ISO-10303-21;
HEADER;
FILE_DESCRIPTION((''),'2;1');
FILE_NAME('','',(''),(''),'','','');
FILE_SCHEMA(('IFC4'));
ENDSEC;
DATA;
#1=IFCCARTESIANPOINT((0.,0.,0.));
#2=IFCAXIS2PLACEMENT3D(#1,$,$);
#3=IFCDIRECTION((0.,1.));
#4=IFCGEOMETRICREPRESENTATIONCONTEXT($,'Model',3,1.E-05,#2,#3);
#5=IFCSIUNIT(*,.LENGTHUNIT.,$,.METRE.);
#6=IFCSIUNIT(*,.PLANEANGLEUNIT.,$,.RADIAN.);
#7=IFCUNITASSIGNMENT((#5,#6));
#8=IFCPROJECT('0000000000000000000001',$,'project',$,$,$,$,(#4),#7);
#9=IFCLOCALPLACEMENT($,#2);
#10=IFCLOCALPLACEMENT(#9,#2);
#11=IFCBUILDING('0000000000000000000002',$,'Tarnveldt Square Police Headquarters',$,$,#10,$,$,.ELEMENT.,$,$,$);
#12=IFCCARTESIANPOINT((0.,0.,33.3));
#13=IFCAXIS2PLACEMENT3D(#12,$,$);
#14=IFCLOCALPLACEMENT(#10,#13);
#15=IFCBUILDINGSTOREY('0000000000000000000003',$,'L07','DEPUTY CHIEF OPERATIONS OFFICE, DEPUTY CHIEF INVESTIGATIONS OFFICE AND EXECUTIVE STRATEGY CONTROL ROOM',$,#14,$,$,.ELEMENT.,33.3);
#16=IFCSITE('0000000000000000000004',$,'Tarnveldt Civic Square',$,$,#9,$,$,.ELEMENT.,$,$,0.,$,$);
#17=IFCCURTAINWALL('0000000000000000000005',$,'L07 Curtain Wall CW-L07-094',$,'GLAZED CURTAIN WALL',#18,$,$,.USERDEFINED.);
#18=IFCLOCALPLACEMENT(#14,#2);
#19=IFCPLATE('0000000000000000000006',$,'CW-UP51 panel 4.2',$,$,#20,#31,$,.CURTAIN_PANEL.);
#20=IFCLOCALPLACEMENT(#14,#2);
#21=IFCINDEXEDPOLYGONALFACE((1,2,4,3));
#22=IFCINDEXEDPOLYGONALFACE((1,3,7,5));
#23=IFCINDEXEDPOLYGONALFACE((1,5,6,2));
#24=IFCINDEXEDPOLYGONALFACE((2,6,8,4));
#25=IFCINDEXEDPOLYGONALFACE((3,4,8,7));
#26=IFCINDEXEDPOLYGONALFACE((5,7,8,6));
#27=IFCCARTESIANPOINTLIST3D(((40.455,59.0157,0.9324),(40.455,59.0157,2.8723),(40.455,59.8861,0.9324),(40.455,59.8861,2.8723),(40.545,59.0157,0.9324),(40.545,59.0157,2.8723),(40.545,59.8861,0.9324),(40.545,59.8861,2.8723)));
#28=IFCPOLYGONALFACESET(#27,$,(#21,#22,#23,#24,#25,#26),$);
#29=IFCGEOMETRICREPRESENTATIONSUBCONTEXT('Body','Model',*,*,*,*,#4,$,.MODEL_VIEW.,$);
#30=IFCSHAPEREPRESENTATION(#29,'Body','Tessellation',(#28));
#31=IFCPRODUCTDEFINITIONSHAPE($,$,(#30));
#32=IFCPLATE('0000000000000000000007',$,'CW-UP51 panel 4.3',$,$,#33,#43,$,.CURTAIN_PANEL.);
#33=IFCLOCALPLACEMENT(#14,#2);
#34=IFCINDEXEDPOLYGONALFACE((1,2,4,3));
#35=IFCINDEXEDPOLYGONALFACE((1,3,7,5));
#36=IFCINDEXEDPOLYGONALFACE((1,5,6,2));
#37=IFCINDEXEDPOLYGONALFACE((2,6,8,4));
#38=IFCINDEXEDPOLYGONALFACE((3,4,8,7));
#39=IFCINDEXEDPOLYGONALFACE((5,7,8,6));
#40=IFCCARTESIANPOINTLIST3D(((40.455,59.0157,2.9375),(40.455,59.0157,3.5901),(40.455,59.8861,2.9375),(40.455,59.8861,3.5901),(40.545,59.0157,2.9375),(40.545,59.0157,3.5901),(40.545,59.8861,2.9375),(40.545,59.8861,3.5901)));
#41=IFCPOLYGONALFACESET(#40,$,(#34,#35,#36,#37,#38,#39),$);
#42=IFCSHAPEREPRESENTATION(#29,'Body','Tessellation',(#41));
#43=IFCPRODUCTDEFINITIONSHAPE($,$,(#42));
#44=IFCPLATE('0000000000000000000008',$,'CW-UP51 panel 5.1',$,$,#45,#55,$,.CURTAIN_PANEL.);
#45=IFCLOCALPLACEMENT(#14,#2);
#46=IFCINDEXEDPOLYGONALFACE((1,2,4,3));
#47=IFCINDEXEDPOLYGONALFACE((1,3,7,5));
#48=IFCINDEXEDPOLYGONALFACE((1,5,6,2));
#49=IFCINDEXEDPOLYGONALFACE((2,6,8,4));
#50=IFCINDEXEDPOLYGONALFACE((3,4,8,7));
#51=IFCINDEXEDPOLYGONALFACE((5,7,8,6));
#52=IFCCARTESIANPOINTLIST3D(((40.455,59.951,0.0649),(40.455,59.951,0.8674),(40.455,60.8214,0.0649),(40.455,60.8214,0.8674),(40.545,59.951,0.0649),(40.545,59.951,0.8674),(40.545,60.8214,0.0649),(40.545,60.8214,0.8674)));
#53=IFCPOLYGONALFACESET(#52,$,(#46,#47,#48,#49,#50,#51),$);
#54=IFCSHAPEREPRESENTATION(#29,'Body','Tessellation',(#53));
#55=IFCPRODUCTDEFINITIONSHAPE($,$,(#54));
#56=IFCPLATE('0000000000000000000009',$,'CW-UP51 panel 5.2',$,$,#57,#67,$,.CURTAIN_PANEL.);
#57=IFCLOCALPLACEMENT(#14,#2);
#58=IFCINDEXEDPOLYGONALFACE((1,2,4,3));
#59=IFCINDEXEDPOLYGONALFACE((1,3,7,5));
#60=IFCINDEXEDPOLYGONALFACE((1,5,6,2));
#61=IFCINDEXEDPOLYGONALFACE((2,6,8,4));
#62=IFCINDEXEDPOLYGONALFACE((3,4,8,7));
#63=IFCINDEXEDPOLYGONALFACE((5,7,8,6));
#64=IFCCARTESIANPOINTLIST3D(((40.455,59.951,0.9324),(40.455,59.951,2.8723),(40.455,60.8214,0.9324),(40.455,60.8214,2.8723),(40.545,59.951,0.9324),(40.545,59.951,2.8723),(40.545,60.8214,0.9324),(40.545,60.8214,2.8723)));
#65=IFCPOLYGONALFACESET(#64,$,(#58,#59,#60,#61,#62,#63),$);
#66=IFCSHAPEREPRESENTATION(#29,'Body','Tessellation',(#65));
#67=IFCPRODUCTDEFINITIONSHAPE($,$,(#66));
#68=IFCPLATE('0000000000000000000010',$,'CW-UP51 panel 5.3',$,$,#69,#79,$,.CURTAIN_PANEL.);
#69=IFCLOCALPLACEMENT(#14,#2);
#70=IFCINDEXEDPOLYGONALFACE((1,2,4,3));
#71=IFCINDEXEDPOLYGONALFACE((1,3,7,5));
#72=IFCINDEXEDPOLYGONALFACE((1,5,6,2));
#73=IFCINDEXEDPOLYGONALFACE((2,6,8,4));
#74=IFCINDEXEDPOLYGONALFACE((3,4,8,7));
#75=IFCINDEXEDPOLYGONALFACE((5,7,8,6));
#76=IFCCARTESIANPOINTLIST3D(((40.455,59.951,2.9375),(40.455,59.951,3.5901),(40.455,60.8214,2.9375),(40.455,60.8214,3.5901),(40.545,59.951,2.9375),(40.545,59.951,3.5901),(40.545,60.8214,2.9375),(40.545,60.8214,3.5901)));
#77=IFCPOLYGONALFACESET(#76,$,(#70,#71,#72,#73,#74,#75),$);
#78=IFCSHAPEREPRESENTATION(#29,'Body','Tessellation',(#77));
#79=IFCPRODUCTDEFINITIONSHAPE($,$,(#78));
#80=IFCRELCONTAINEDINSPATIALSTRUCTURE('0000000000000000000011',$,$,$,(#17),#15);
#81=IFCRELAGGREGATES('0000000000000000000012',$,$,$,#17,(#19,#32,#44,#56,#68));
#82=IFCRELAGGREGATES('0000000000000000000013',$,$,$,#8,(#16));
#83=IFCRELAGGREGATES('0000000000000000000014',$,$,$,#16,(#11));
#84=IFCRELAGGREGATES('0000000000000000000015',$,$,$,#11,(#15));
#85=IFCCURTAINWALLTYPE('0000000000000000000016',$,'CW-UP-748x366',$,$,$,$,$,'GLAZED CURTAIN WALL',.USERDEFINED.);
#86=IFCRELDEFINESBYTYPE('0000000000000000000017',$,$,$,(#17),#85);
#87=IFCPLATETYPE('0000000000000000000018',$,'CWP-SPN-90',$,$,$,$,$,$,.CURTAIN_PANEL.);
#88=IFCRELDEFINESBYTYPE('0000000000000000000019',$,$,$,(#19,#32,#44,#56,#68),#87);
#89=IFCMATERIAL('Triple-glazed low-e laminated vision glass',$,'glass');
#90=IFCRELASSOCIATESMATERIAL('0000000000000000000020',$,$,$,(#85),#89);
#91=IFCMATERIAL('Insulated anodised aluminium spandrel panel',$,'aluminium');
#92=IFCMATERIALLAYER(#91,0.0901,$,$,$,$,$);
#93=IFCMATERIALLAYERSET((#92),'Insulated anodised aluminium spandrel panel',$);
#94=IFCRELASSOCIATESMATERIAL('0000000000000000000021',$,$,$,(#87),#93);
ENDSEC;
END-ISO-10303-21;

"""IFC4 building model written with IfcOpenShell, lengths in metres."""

from ifc_helpers import new_model, si_unit, direction, frame, origin, origin_2d, place, context, subcontext, project, spatial, rectangle, extrude, material, layer, layer_set, type_object, element, aggregate, save


model = new_model("IFC4")

# Units and contexts
model_context = context("Model", 3, precision=1e-05, world=origin(), true_north=direction((0.0, 1.0)))
body_context = subcontext(model_context, "Body", "Model", "MODEL_VIEW")
ifc_project = project(units=[si_unit("LENGTHUNIT", "METRE"), si_unit("PLANEANGLEUNIT", "RADIAN")], contexts=[model_context])

# Site, building, storey
site_placement = place(None, origin())
site = spatial("IfcSite", under=ifc_project, at=site_placement, Name="Tarnveldt Civic Square", CompositionType="ELEMENT", RefElevation=0.0)
building_placement = place(site_placement, origin())
building = spatial("IfcBuilding", under=site, at=building_placement, Name="Tarnveldt Square Police Headquarters", CompositionType="ELEMENT")
storey_placement = place(building_placement, frame((0.0, 0.0, 33.3)))
storey = spatial("IfcBuildingStorey", under=building, at=storey_placement, Name="L07", Description="DEPUTY CHIEF OPERATIONS OFFICE, DEPUTY CHIEF INVESTIGATIONS OFFICE AND EXECUTIVE STRATEGY CONTROL ROOM", CompositionType="ELEMENT", Elevation=33.3)

# Curtain wall, plates
ifc_material_1 = material(Name="Triple-glazed low-e laminated vision glass", Category="glass")
curtain_wall_type = type_object("IfcCurtainWallType", Name="CW-UP-748x366", ElementType="GLAZED CURTAIN WALL", PredefinedType="USERDEFINED", material=ifc_material_1)
curtain_wall_placement = place(storey_placement, origin())
curtain_wall = element("IfcCurtainWall", 1, at=curtain_wall_placement, inside=storey, type_object=curtain_wall_type, Name="L07 Curtain Wall CW-L07-094", ObjectType="GLAZED CURTAIN WALL", PredefinedType="USERDEFINED")
ifc_material_2 = material(Name="Insulated anodised aluminium spandrel panel", Category="aluminium")
ifc_layer = layer(ifc_material_2, 0.0901)
ifc_layer_set = layer_set([ifc_layer], Name="Insulated anodised aluminium spandrel panel")
plate_type = type_object("IfcPlateType", Name="CWP-SPN-90", PredefinedType="CURTAIN_PANEL", material=ifc_layer_set)
plate_1_placement = place(storey_placement, frame((40.5, 59.4509, 0.9324), z_axis=(0.0, 0.0, 1.0), x_axis=(0.0, 1.0, 0.0)))
plate_1 = element("IfcPlate", 2, at=plate_1_placement, type_object=plate_type, Name="CW-UP51 panel 4.2", PredefinedType="CURTAIN_PANEL", context=body_context, shape_type="SweptSolid", body=[
    extrude(rectangle(XDim=0.8704, YDim=0.0901, at=origin_2d()), origin(), (0.0, 0.0, 1.0), 1.9399),
])
plate_2_placement = place(storey_placement, frame((40.5, 59.4509, 2.9375), z_axis=(0.0, 0.0, 1.0), x_axis=(0.0, 1.0, 0.0)))
plate_2 = element("IfcPlate", 3, at=plate_2_placement, type_object=plate_type, Name="CW-UP51 panel 4.3", PredefinedType="CURTAIN_PANEL", context=body_context, shape_type="SweptSolid", body=[
    extrude(rectangle(XDim=0.8704, YDim=0.0901, at=origin_2d()), origin(), (0.0, 0.0, 1.0), 0.6526),
])
plate_3_placement = place(storey_placement, frame((40.5, 60.3862, 0.0649), z_axis=(0.0, 0.0, 1.0), x_axis=(0.0, 1.0, 0.0)))
plate_3 = element("IfcPlate", 4, at=plate_3_placement, type_object=plate_type, Name="CW-UP51 panel 5.1", PredefinedType="CURTAIN_PANEL", context=body_context, shape_type="SweptSolid", body=[
    extrude(rectangle(XDim=0.8704, YDim=0.0901, at=origin_2d()), origin(), (0.0, 0.0, 1.0), 0.8025),
])
plate_4_placement = place(storey_placement, frame((40.5, 60.3862, 0.9324), z_axis=(0.0, 0.0, 1.0), x_axis=(0.0, 1.0, 0.0)))
plate_4 = element("IfcPlate", 5, at=plate_4_placement, type_object=plate_type, Name="CW-UP51 panel 5.2", PredefinedType="CURTAIN_PANEL", context=body_context, shape_type="SweptSolid", body=[
    extrude(rectangle(XDim=0.8704, YDim=0.0901, at=origin_2d()), origin(), (0.0, 0.0, 1.0), 1.9399),
])
plate_5_placement = place(storey_placement, frame((40.5, 60.3862, 2.9375), z_axis=(0.0, 0.0, 1.0), x_axis=(0.0, 1.0, 0.0)))
plate_5 = element("IfcPlate", 6, at=plate_5_placement, type_object=plate_type, Name="CW-UP51 panel 5.3", PredefinedType="CURTAIN_PANEL", context=body_context, shape_type="SweptSolid", body=[
    extrude(rectangle(XDim=0.8704, YDim=0.0901, at=origin_2d()), origin(), (0.0, 0.0, 1.0), 0.6526),
])
aggregate(curtain_wall, [plate_1, plate_2, plate_3, plate_4, plate_5])

save(model, "model.ifc")
